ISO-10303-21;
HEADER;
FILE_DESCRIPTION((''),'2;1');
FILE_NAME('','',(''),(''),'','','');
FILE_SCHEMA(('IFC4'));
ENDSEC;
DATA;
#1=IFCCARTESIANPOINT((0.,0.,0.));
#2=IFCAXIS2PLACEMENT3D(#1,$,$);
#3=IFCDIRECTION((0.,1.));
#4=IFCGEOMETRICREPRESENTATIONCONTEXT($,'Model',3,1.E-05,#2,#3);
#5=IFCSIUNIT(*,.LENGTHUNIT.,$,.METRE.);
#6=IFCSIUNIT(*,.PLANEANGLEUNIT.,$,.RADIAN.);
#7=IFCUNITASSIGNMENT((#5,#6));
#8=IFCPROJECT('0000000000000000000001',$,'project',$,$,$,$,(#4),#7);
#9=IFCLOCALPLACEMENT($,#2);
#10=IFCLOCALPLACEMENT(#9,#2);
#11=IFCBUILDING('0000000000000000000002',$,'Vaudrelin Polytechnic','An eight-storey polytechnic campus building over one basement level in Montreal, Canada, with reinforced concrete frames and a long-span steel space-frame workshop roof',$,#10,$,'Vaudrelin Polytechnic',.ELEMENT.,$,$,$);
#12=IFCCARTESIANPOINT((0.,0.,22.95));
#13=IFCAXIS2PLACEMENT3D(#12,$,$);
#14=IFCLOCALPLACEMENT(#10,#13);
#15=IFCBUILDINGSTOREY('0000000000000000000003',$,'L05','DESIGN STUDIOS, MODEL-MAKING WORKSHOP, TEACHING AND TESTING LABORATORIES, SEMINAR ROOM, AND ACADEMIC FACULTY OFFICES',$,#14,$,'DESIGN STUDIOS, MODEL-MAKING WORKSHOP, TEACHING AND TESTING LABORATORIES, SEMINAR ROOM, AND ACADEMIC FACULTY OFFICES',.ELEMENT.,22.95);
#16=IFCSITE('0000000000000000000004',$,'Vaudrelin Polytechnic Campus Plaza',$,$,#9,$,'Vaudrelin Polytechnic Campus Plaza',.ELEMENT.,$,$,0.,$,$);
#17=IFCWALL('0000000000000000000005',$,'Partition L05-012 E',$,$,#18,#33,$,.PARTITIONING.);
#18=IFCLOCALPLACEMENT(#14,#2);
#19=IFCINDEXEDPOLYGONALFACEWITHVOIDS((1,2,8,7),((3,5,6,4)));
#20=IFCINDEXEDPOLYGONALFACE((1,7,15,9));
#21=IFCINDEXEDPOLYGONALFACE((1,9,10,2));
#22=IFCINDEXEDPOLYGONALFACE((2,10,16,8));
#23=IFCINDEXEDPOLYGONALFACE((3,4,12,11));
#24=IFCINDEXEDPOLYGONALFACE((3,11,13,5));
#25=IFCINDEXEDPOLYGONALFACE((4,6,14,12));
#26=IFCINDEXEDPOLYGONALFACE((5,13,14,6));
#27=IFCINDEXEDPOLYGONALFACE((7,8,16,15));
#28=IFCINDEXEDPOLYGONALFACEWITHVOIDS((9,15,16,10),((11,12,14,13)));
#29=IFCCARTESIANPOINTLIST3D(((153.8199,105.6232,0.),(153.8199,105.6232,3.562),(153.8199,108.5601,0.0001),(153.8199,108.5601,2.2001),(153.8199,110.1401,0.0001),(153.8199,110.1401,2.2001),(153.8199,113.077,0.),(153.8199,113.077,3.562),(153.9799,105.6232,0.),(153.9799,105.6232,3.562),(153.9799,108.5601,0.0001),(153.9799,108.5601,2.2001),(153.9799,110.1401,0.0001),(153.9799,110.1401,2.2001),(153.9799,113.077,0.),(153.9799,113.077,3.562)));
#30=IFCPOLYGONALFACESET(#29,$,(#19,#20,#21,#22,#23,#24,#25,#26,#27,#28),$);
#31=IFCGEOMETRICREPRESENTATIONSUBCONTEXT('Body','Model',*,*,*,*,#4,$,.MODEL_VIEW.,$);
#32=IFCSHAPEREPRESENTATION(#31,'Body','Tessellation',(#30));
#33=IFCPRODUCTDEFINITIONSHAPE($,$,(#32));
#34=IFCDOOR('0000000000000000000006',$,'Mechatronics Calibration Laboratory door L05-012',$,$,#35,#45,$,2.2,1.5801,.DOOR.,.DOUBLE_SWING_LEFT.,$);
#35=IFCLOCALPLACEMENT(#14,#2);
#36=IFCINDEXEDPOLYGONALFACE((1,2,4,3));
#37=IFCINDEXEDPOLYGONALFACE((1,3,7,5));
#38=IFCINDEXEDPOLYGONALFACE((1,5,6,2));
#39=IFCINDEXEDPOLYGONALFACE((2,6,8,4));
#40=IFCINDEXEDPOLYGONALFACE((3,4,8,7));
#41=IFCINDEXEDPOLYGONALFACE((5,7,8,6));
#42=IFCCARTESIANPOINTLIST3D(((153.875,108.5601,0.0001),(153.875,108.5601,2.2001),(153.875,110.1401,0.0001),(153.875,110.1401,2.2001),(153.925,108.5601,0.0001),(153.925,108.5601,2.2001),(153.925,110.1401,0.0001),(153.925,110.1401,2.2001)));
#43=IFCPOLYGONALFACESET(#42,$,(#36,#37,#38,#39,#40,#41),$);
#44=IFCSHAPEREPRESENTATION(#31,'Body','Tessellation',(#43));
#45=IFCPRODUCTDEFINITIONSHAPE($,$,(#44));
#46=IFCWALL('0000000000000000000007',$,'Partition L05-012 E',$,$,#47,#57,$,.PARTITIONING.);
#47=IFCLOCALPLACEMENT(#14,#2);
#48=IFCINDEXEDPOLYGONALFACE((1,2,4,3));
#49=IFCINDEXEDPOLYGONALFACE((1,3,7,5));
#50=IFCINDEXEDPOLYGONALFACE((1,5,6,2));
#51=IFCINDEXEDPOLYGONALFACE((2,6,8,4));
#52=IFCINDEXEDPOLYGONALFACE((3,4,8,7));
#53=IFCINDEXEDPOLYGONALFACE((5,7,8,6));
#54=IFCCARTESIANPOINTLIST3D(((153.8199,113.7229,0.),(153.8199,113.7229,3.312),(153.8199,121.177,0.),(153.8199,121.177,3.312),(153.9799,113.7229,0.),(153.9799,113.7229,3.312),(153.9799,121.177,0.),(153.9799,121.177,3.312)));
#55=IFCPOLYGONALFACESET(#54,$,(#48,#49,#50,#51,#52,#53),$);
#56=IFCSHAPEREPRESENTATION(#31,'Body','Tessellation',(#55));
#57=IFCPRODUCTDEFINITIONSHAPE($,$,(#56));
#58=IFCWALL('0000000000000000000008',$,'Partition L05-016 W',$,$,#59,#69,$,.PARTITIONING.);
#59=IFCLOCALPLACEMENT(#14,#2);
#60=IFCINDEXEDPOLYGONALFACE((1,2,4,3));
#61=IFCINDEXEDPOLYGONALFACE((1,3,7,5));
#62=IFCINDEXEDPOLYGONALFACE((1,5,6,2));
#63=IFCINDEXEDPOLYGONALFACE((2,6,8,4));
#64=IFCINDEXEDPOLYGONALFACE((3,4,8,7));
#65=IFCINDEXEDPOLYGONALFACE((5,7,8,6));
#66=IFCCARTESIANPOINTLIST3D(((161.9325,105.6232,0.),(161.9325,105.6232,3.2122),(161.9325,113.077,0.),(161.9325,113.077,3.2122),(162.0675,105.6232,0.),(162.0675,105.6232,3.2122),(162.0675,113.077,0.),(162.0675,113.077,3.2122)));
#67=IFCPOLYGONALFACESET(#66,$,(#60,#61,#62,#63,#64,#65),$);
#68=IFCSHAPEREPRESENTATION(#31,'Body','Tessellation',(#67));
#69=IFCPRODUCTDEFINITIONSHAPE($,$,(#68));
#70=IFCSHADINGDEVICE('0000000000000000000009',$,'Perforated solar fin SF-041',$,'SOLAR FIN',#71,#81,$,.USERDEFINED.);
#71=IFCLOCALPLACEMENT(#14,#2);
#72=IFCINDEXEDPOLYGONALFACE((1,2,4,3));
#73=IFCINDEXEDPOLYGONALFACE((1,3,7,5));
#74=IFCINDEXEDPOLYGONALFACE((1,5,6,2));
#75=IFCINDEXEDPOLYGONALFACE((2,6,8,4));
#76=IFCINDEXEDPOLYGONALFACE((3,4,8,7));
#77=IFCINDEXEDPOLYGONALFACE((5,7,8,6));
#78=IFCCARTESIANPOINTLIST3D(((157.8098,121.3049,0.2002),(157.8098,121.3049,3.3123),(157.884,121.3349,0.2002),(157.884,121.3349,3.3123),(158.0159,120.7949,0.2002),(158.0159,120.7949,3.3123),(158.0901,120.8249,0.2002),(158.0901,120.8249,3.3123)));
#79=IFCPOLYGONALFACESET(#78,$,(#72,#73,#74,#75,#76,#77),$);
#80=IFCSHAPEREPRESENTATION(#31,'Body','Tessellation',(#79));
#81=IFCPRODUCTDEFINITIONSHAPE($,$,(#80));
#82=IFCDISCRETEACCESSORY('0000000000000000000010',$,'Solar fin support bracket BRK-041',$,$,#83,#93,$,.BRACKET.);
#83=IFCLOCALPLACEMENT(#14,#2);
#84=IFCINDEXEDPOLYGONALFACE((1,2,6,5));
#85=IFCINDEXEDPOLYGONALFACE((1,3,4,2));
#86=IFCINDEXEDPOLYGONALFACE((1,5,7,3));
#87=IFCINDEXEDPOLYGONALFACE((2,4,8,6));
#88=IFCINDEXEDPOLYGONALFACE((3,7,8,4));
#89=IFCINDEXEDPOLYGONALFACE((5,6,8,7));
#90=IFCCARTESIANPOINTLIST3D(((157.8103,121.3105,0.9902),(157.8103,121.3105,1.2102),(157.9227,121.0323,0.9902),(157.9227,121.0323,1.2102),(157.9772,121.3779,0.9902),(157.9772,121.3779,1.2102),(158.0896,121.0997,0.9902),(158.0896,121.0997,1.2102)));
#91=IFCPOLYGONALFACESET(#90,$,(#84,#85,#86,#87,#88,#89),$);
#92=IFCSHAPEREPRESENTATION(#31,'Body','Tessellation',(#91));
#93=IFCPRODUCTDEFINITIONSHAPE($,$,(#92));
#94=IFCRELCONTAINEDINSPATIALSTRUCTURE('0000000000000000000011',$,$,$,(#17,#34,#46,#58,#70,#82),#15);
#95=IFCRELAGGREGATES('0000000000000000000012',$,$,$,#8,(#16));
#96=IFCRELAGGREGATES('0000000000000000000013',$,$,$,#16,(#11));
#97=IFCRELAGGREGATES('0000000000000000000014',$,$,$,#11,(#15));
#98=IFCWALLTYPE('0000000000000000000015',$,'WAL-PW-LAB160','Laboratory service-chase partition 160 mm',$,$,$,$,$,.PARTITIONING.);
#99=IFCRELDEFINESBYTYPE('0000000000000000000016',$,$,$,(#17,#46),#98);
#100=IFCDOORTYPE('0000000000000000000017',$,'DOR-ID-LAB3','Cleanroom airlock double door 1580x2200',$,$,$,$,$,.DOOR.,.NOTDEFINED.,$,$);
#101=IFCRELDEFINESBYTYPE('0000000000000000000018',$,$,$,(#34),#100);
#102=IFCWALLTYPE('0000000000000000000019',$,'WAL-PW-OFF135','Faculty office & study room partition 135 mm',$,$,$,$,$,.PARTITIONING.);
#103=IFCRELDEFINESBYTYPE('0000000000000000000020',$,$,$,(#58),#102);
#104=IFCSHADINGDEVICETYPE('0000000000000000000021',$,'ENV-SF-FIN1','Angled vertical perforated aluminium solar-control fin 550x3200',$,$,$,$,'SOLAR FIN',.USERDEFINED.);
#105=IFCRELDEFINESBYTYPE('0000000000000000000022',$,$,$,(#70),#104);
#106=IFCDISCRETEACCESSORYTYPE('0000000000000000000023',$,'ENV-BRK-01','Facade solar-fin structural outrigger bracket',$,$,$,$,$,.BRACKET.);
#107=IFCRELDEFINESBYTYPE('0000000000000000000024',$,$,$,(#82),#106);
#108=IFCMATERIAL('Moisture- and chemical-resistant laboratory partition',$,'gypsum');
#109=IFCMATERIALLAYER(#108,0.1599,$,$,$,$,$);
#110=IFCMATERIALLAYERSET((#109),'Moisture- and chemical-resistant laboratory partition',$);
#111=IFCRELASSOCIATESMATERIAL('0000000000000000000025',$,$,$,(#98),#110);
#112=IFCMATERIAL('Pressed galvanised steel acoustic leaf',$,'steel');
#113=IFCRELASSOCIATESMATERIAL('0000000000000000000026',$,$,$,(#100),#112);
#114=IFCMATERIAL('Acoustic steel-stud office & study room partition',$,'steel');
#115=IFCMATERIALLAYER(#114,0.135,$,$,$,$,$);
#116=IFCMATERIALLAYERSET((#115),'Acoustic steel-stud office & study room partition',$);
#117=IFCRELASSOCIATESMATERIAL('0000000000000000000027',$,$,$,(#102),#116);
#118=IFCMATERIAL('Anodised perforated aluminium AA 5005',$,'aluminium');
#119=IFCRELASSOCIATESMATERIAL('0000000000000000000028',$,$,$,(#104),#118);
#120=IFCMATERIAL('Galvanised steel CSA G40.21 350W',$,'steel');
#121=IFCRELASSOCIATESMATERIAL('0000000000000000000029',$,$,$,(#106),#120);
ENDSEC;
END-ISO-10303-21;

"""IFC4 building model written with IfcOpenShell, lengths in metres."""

from ifc_helpers import new_model, si_unit, direction, frame, frame_2d, origin, origin_2d, place, context, subcontext, project, spatial, rectangle, extrude, material, layer, layer_set, type_object, element, fill, save


model = new_model("IFC4")

# Units and contexts
model_context = context("Model", 3, precision=1e-05, world=origin(), true_north=direction((0.0, 1.0)))
body_context = subcontext(model_context, "Body", "Model", "MODEL_VIEW")
ifc_project = project(units=[si_unit("LENGTHUNIT", "METRE"), si_unit("PLANEANGLEUNIT", "RADIAN")], contexts=[model_context])

# Site, building, storey
site_placement = place(None, origin())
site = spatial("IfcSite", under=ifc_project, at=site_placement, Name="Vaudrelin Polytechnic Campus Plaza", LongName="Vaudrelin Polytechnic Campus Plaza", CompositionType="ELEMENT", RefElevation=0.0)
building_placement = place(site_placement, origin())
building = spatial("IfcBuilding", under=site, at=building_placement, Name="Vaudrelin Polytechnic", Description="An eight-storey polytechnic campus building over one basement level in Montreal, Canada, with reinforced concrete frames and a long-span steel space-frame workshop roof", LongName="Vaudrelin Polytechnic", CompositionType="ELEMENT")
storey_placement = place(building_placement, frame((0.0, 0.0, 22.95)))
storey = spatial("IfcBuildingStorey", under=building, at=storey_placement, Name="L05", Description="DESIGN STUDIOS, MODEL-MAKING WORKSHOP, TEACHING AND TESTING LABORATORIES, SEMINAR ROOM, AND ACADEMIC FACULTY OFFICES", LongName="DESIGN STUDIOS, MODEL-MAKING WORKSHOP, TEACHING AND TESTING LABORATORIES, SEMINAR ROOM, AND ACADEMIC FACULTY OFFICES", CompositionType="ELEMENT", Elevation=22.95)

# Wall, opening, door
ifc_material_1 = material(Name="Moisture- and chemical-resistant laboratory partition", Category="gypsum")
ifc_layer_1 = layer(ifc_material_1, 0.1599)
ifc_layer_set_1 = layer_set([ifc_layer_1], Name="Moisture- and chemical-resistant laboratory partition")
wall_type_1 = type_object("IfcWallType", Name="WAL-PW-LAB160", Description="Laboratory service-chase partition 160 mm", PredefinedType="PARTITIONING", material=ifc_layer_set_1)
wall_1_placement = place(storey_placement, frame((153.8999, 105.623, 0.0), z_axis=(0.0, 0.0, 1.0), x_axis=(0.0, 1.0, 0.0)))
wall_1 = element("IfcWall", 1, at=wall_1_placement, inside=storey, type_object=wall_type_1, Name="Partition L05-012 E", PredefinedType="PARTITIONING", context=body_context, shape_type="SweptSolid", body=[
    extrude(rectangle(XDim=7.4539, YDim=0.1599, at=frame_2d((3.7271, 0.0))), origin(), (0.0, 0.0, 1.0), 3.562),
])
opening_1_placement = place(wall_1_placement, frame((2.937, 0.0, 0.0)))
opening_1 = element("IfcOpeningElement", 2, at=opening_1_placement, cuts=wall_1, PredefinedType="OPENING", context=body_context, shape_type="SweptSolid", body=[
    extrude(rectangle(XDim=1.5801, YDim=2.2, at=frame_2d((0.79, 1.1001))), frame((0.0, 0.0898, 0.0), z_axis=(0.0, -1.0, 0.0), x_axis=(1.0, 0.0, 0.0)), (0.0, 0.0, 1.0), 0.1799),
])
ifc_material_2 = material(Name="Pressed galvanised steel acoustic leaf", Category="steel")
door_type = type_object("IfcDoorType", Name="DOR-ID-LAB3", Description="Cleanroom airlock double door 1580x2200", OperationType="NOTDEFINED", PredefinedType="DOOR", material=ifc_material_2)
door_placement = place(opening_1_placement, origin())
door = element("IfcDoor", 3, at=door_placement, inside=storey, type_object=door_type, Name="Mechatronics Calibration Laboratory door L05-012", OperationType="DOUBLE_SWING_LEFT", OverallHeight=2.2, OverallWidth=1.5801, PredefinedType="DOOR", context=body_context, shape_type="SweptSolid", body=[
    extrude(rectangle(XDim=1.5801, YDim=2.2, at=frame_2d((0.79, 1.1001))), frame((0.0, 0.0249, 0.0), z_axis=(0.0, -1.0, 0.0), x_axis=(1.0, 0.0, 0.0)), (0.0, 0.0, 1.0), 0.05),
])
fill(opening_1, door)

# Walls
wall_2_placement = place(storey_placement, frame((153.8999, 113.7229, 0.0), z_axis=(0.0, 0.0, 1.0), x_axis=(0.0, 1.0, 0.0)))
element("IfcWall", 4, at=wall_2_placement, inside=storey, type_object=wall_type_1, Name="Partition L05-012 E", PredefinedType="PARTITIONING", context=body_context, shape_type="SweptSolid", body=[
    extrude(rectangle(XDim=7.4541, YDim=0.1599, at=frame_2d((3.7271, 0.0))), origin(), (0.0, 0.0, 1.0), 3.312),
])
ifc_material_3 = material(Name="Acoustic steel-stud office & study room partition", Category="steel")
ifc_layer_2 = layer(ifc_material_3, 0.135)
ifc_layer_set_2 = layer_set([ifc_layer_2], Name="Acoustic steel-stud office & study room partition")
wall_type_2 = type_object("IfcWallType", Name="WAL-PW-OFF135", Description="Faculty office & study room partition 135 mm", PredefinedType="PARTITIONING", material=ifc_layer_set_2)
wall_3_placement = place(storey_placement, frame((162.0, 105.623, 0.0), z_axis=(0.0, 0.0, 1.0), x_axis=(0.0, 1.0, 0.0)))
element("IfcWall", 5, at=wall_3_placement, inside=storey, type_object=wall_type_2, Name="Partition L05-016 W", PredefinedType="PARTITIONING", context=body_context, shape_type="SweptSolid", body=[
    extrude(rectangle(XDim=7.4539, YDim=0.135, at=frame_2d((3.7271, 0.0))), origin(), (0.0, 0.0, 1.0), 3.2122),
])

# Shading device
ifc_material_4 = material(Name="Anodised perforated aluminium AA 5005", Category="aluminium")
shading_device_type = type_object("IfcShadingDeviceType", Name="ENV-SF-FIN1", Description="Angled vertical perforated aluminium solar-control fin 550x3200", ElementType="SOLAR FIN", PredefinedType="USERDEFINED", material=ifc_material_4)
shading_device_placement = place(storey_placement, frame((157.95, 121.0649, 0.2002), z_axis=(0.0, 0.0, 1.0), x_axis=(0.374607, -0.927184, 0.0)))
element("IfcShadingDevice", 6, at=shading_device_placement, inside=storey, type_object=shading_device_type, Name="Perforated solar fin SF-041", ObjectType="SOLAR FIN", PredefinedType="USERDEFINED", context=body_context, shape_type="SweptSolid", body=[
    extrude(rectangle(XDim=0.55, YDim=0.0801, at=origin_2d()), origin(), (0.0, 0.0, 1.0), 3.1121),
])

# Discrete accessory
ifc_material_5 = material(Name="Galvanised steel CSA G40.21 350W", Category="steel")
discrete_accessory_type = type_object("IfcDiscreteAccessoryType", Name="ENV-BRK-01", Description="Facade solar-fin structural outrigger bracket", PredefinedType="BRACKET", material=ifc_material_5)
discrete_accessory_placement = place(storey_placement, frame((157.95, 121.2051, 0.9902), z_axis=(0.0, 0.0, 1.0), x_axis=(0.374607, -0.927184, 0.0)))
element("IfcDiscreteAccessory", 7, at=discrete_accessory_placement, inside=storey, type_object=discrete_accessory_type, Name="Solar fin support bracket BRK-041", PredefinedType="BRACKET", context=body_context, shape_type="SweptSolid", body=[
    extrude(rectangle(XDim=0.3, YDim=0.1799, at=origin_2d()), origin(), (0.0, 0.0, 1.0), 0.22),
])

save(model, "model.ifc")
